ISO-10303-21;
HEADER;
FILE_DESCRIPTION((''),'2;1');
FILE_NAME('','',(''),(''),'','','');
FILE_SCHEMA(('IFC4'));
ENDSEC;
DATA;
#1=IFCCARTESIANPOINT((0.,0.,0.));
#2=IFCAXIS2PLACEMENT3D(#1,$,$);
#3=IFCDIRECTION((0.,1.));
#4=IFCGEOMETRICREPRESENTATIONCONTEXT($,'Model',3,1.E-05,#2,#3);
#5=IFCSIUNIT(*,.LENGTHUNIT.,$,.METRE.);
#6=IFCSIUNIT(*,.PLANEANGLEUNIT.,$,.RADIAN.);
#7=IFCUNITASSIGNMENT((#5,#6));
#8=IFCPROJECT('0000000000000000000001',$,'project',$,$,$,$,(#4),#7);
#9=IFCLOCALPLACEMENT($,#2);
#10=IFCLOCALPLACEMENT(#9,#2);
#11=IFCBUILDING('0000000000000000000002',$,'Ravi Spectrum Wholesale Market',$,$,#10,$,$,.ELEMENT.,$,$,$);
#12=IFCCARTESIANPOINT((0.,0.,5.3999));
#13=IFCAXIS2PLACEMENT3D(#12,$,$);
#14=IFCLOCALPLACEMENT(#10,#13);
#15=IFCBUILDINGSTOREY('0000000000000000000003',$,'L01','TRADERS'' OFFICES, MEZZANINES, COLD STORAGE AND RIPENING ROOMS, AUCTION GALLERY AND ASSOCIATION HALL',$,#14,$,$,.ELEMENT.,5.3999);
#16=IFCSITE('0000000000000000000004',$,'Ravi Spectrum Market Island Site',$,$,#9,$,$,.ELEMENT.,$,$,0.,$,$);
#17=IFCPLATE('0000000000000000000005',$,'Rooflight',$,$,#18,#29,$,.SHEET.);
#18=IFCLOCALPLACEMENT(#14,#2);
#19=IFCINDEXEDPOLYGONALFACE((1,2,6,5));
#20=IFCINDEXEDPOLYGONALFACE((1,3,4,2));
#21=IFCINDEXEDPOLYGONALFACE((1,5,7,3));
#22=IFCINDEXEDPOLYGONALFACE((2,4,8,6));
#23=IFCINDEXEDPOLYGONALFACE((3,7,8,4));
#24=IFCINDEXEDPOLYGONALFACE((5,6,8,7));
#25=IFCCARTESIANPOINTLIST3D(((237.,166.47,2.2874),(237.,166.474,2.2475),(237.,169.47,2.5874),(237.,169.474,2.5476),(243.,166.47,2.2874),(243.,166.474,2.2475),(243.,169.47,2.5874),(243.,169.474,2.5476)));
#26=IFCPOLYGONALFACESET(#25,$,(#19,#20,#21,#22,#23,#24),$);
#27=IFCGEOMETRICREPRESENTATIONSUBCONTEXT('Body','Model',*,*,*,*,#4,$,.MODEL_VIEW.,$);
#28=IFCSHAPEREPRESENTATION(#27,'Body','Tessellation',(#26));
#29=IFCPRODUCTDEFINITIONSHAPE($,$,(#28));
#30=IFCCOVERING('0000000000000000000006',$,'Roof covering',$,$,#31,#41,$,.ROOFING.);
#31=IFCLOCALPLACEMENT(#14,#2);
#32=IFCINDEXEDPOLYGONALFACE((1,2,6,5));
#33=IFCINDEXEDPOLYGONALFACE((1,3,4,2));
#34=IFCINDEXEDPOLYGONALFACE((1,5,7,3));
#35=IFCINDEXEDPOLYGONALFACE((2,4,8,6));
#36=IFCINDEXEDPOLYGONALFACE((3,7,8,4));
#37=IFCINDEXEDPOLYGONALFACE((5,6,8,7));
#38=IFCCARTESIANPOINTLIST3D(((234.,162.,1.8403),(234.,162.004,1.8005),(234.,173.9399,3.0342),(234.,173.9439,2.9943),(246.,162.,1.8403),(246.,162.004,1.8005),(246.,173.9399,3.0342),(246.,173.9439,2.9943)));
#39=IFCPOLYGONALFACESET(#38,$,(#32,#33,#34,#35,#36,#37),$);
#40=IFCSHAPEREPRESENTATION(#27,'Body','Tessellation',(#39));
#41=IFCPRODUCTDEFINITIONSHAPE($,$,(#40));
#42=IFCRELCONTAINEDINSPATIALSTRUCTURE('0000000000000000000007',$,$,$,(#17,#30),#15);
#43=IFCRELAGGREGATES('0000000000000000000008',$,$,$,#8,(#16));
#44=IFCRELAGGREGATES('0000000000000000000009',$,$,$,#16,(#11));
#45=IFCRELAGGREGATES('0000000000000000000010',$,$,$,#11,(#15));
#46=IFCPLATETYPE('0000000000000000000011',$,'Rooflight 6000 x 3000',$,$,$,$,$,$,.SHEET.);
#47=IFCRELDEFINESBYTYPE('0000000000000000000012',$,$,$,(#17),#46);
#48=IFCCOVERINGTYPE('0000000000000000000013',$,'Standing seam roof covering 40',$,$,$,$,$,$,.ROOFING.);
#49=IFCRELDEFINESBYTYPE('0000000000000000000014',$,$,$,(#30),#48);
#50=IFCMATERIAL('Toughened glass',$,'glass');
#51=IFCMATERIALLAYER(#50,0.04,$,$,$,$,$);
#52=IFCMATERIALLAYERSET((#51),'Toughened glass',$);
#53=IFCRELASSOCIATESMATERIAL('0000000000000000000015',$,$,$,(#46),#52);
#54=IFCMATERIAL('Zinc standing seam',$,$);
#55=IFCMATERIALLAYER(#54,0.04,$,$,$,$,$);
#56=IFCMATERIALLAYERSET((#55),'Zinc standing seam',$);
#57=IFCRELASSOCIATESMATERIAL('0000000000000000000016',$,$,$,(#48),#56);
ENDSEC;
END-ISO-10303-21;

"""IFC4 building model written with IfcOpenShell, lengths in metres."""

from ifc_helpers import new_model, si_unit, direction, frame, origin, place, context, subcontext, project, spatial, polyline, outline, extrude, material, layer, layer_set, type_object, element, save


model = new_model("IFC4")

# Units and contexts
model_context = context("Model", 3, precision=1e-05, world=origin(), true_north=direction((0.0, 1.0)))
body_context = subcontext(model_context, "Body", "Model", "MODEL_VIEW")
ifc_project = project(units=[si_unit("LENGTHUNIT", "METRE"), si_unit("PLANEANGLEUNIT", "RADIAN")], contexts=[model_context])

# Site, building, storey
site_placement = place(None, origin())
site = spatial("IfcSite", under=ifc_project, at=site_placement, Name="Ravi Spectrum Market Island Site", CompositionType="ELEMENT", RefElevation=0.0)
building_placement = place(site_placement, origin())
building = spatial("IfcBuilding", under=site, at=building_placement, Name="Ravi Spectrum Wholesale Market", CompositionType="ELEMENT")
storey_placement = place(building_placement, frame((0.0, 0.0, 5.3999)))
storey = spatial("IfcBuildingStorey", under=building, at=storey_placement, Name="L01", Description="TRADERS' OFFICES, MEZZANINES, COLD STORAGE AND RIPENING ROOMS, AUCTION GALLERY AND ASSOCIATION HALL", CompositionType="ELEMENT", Elevation=5.3999)

# Plate
ifc_material_1 = material(Name="Toughened glass", Category="glass")
ifc_layer_1 = layer(ifc_material_1, 0.04)
ifc_layer_set_1 = layer_set([ifc_layer_1], Name="Toughened glass")
plate_type = type_object("IfcPlateType", Name="Rooflight 6000 x 3000", PredefinedType="SHEET", material=ifc_layer_set_1)
for number, where, z_axis, x_axis, name in (
    (1, (237.0, 166.47, 2.2874), (0.0, -0.09952, 0.995036), (1.0, 0.0, 0.0), "Rooflight"),
):
    element("IfcPlate", number, at=place(storey_placement, frame(where, z_axis=z_axis, x_axis=x_axis)), inside=storey, type_object=plate_type, Name=name, PredefinedType="SHEET", context=body_context, shape_type="SweptSolid", body=[
        extrude(outline(polyline([(0.0, 0.0), (6.0, 0.0), (6.0, 3.015), (0.0, 3.015), (0.0, 0.0)])), origin(), (0.0, 0.0, -1.0), 0.04),
    ])

# Covering
ifc_material_2 = material(Name="Zinc standing seam")
ifc_layer_2 = layer(ifc_material_2, 0.04)
ifc_layer_set_2 = layer_set([ifc_layer_2], Name="Zinc standing seam")
covering_type = type_object("IfcCoveringType", Name="Standing seam roof covering 40", PredefinedType="ROOFING", material=ifc_layer_set_2)
covering_placement = place(storey_placement, frame((234.0, 173.9399, 3.0342), z_axis=(0.0, -0.099492, 0.995038), x_axis=(1.0, 0.0, 0.0)))
element("IfcCovering", 2, at=covering_placement, inside=storey, type_object=covering_type, Name="Roof covering", PredefinedType="ROOFING", context=body_context, shape_type="SweptSolid", body=[
    extrude(outline(polyline([(0.0, 0.0), (12.0, 0.0), (12.0, -11.9995), (0.0, -11.9995), (0.0, 0.0)])), origin(), (0.0, 0.0, -1.0), 0.04),
])

save(model, "model.ifc")
